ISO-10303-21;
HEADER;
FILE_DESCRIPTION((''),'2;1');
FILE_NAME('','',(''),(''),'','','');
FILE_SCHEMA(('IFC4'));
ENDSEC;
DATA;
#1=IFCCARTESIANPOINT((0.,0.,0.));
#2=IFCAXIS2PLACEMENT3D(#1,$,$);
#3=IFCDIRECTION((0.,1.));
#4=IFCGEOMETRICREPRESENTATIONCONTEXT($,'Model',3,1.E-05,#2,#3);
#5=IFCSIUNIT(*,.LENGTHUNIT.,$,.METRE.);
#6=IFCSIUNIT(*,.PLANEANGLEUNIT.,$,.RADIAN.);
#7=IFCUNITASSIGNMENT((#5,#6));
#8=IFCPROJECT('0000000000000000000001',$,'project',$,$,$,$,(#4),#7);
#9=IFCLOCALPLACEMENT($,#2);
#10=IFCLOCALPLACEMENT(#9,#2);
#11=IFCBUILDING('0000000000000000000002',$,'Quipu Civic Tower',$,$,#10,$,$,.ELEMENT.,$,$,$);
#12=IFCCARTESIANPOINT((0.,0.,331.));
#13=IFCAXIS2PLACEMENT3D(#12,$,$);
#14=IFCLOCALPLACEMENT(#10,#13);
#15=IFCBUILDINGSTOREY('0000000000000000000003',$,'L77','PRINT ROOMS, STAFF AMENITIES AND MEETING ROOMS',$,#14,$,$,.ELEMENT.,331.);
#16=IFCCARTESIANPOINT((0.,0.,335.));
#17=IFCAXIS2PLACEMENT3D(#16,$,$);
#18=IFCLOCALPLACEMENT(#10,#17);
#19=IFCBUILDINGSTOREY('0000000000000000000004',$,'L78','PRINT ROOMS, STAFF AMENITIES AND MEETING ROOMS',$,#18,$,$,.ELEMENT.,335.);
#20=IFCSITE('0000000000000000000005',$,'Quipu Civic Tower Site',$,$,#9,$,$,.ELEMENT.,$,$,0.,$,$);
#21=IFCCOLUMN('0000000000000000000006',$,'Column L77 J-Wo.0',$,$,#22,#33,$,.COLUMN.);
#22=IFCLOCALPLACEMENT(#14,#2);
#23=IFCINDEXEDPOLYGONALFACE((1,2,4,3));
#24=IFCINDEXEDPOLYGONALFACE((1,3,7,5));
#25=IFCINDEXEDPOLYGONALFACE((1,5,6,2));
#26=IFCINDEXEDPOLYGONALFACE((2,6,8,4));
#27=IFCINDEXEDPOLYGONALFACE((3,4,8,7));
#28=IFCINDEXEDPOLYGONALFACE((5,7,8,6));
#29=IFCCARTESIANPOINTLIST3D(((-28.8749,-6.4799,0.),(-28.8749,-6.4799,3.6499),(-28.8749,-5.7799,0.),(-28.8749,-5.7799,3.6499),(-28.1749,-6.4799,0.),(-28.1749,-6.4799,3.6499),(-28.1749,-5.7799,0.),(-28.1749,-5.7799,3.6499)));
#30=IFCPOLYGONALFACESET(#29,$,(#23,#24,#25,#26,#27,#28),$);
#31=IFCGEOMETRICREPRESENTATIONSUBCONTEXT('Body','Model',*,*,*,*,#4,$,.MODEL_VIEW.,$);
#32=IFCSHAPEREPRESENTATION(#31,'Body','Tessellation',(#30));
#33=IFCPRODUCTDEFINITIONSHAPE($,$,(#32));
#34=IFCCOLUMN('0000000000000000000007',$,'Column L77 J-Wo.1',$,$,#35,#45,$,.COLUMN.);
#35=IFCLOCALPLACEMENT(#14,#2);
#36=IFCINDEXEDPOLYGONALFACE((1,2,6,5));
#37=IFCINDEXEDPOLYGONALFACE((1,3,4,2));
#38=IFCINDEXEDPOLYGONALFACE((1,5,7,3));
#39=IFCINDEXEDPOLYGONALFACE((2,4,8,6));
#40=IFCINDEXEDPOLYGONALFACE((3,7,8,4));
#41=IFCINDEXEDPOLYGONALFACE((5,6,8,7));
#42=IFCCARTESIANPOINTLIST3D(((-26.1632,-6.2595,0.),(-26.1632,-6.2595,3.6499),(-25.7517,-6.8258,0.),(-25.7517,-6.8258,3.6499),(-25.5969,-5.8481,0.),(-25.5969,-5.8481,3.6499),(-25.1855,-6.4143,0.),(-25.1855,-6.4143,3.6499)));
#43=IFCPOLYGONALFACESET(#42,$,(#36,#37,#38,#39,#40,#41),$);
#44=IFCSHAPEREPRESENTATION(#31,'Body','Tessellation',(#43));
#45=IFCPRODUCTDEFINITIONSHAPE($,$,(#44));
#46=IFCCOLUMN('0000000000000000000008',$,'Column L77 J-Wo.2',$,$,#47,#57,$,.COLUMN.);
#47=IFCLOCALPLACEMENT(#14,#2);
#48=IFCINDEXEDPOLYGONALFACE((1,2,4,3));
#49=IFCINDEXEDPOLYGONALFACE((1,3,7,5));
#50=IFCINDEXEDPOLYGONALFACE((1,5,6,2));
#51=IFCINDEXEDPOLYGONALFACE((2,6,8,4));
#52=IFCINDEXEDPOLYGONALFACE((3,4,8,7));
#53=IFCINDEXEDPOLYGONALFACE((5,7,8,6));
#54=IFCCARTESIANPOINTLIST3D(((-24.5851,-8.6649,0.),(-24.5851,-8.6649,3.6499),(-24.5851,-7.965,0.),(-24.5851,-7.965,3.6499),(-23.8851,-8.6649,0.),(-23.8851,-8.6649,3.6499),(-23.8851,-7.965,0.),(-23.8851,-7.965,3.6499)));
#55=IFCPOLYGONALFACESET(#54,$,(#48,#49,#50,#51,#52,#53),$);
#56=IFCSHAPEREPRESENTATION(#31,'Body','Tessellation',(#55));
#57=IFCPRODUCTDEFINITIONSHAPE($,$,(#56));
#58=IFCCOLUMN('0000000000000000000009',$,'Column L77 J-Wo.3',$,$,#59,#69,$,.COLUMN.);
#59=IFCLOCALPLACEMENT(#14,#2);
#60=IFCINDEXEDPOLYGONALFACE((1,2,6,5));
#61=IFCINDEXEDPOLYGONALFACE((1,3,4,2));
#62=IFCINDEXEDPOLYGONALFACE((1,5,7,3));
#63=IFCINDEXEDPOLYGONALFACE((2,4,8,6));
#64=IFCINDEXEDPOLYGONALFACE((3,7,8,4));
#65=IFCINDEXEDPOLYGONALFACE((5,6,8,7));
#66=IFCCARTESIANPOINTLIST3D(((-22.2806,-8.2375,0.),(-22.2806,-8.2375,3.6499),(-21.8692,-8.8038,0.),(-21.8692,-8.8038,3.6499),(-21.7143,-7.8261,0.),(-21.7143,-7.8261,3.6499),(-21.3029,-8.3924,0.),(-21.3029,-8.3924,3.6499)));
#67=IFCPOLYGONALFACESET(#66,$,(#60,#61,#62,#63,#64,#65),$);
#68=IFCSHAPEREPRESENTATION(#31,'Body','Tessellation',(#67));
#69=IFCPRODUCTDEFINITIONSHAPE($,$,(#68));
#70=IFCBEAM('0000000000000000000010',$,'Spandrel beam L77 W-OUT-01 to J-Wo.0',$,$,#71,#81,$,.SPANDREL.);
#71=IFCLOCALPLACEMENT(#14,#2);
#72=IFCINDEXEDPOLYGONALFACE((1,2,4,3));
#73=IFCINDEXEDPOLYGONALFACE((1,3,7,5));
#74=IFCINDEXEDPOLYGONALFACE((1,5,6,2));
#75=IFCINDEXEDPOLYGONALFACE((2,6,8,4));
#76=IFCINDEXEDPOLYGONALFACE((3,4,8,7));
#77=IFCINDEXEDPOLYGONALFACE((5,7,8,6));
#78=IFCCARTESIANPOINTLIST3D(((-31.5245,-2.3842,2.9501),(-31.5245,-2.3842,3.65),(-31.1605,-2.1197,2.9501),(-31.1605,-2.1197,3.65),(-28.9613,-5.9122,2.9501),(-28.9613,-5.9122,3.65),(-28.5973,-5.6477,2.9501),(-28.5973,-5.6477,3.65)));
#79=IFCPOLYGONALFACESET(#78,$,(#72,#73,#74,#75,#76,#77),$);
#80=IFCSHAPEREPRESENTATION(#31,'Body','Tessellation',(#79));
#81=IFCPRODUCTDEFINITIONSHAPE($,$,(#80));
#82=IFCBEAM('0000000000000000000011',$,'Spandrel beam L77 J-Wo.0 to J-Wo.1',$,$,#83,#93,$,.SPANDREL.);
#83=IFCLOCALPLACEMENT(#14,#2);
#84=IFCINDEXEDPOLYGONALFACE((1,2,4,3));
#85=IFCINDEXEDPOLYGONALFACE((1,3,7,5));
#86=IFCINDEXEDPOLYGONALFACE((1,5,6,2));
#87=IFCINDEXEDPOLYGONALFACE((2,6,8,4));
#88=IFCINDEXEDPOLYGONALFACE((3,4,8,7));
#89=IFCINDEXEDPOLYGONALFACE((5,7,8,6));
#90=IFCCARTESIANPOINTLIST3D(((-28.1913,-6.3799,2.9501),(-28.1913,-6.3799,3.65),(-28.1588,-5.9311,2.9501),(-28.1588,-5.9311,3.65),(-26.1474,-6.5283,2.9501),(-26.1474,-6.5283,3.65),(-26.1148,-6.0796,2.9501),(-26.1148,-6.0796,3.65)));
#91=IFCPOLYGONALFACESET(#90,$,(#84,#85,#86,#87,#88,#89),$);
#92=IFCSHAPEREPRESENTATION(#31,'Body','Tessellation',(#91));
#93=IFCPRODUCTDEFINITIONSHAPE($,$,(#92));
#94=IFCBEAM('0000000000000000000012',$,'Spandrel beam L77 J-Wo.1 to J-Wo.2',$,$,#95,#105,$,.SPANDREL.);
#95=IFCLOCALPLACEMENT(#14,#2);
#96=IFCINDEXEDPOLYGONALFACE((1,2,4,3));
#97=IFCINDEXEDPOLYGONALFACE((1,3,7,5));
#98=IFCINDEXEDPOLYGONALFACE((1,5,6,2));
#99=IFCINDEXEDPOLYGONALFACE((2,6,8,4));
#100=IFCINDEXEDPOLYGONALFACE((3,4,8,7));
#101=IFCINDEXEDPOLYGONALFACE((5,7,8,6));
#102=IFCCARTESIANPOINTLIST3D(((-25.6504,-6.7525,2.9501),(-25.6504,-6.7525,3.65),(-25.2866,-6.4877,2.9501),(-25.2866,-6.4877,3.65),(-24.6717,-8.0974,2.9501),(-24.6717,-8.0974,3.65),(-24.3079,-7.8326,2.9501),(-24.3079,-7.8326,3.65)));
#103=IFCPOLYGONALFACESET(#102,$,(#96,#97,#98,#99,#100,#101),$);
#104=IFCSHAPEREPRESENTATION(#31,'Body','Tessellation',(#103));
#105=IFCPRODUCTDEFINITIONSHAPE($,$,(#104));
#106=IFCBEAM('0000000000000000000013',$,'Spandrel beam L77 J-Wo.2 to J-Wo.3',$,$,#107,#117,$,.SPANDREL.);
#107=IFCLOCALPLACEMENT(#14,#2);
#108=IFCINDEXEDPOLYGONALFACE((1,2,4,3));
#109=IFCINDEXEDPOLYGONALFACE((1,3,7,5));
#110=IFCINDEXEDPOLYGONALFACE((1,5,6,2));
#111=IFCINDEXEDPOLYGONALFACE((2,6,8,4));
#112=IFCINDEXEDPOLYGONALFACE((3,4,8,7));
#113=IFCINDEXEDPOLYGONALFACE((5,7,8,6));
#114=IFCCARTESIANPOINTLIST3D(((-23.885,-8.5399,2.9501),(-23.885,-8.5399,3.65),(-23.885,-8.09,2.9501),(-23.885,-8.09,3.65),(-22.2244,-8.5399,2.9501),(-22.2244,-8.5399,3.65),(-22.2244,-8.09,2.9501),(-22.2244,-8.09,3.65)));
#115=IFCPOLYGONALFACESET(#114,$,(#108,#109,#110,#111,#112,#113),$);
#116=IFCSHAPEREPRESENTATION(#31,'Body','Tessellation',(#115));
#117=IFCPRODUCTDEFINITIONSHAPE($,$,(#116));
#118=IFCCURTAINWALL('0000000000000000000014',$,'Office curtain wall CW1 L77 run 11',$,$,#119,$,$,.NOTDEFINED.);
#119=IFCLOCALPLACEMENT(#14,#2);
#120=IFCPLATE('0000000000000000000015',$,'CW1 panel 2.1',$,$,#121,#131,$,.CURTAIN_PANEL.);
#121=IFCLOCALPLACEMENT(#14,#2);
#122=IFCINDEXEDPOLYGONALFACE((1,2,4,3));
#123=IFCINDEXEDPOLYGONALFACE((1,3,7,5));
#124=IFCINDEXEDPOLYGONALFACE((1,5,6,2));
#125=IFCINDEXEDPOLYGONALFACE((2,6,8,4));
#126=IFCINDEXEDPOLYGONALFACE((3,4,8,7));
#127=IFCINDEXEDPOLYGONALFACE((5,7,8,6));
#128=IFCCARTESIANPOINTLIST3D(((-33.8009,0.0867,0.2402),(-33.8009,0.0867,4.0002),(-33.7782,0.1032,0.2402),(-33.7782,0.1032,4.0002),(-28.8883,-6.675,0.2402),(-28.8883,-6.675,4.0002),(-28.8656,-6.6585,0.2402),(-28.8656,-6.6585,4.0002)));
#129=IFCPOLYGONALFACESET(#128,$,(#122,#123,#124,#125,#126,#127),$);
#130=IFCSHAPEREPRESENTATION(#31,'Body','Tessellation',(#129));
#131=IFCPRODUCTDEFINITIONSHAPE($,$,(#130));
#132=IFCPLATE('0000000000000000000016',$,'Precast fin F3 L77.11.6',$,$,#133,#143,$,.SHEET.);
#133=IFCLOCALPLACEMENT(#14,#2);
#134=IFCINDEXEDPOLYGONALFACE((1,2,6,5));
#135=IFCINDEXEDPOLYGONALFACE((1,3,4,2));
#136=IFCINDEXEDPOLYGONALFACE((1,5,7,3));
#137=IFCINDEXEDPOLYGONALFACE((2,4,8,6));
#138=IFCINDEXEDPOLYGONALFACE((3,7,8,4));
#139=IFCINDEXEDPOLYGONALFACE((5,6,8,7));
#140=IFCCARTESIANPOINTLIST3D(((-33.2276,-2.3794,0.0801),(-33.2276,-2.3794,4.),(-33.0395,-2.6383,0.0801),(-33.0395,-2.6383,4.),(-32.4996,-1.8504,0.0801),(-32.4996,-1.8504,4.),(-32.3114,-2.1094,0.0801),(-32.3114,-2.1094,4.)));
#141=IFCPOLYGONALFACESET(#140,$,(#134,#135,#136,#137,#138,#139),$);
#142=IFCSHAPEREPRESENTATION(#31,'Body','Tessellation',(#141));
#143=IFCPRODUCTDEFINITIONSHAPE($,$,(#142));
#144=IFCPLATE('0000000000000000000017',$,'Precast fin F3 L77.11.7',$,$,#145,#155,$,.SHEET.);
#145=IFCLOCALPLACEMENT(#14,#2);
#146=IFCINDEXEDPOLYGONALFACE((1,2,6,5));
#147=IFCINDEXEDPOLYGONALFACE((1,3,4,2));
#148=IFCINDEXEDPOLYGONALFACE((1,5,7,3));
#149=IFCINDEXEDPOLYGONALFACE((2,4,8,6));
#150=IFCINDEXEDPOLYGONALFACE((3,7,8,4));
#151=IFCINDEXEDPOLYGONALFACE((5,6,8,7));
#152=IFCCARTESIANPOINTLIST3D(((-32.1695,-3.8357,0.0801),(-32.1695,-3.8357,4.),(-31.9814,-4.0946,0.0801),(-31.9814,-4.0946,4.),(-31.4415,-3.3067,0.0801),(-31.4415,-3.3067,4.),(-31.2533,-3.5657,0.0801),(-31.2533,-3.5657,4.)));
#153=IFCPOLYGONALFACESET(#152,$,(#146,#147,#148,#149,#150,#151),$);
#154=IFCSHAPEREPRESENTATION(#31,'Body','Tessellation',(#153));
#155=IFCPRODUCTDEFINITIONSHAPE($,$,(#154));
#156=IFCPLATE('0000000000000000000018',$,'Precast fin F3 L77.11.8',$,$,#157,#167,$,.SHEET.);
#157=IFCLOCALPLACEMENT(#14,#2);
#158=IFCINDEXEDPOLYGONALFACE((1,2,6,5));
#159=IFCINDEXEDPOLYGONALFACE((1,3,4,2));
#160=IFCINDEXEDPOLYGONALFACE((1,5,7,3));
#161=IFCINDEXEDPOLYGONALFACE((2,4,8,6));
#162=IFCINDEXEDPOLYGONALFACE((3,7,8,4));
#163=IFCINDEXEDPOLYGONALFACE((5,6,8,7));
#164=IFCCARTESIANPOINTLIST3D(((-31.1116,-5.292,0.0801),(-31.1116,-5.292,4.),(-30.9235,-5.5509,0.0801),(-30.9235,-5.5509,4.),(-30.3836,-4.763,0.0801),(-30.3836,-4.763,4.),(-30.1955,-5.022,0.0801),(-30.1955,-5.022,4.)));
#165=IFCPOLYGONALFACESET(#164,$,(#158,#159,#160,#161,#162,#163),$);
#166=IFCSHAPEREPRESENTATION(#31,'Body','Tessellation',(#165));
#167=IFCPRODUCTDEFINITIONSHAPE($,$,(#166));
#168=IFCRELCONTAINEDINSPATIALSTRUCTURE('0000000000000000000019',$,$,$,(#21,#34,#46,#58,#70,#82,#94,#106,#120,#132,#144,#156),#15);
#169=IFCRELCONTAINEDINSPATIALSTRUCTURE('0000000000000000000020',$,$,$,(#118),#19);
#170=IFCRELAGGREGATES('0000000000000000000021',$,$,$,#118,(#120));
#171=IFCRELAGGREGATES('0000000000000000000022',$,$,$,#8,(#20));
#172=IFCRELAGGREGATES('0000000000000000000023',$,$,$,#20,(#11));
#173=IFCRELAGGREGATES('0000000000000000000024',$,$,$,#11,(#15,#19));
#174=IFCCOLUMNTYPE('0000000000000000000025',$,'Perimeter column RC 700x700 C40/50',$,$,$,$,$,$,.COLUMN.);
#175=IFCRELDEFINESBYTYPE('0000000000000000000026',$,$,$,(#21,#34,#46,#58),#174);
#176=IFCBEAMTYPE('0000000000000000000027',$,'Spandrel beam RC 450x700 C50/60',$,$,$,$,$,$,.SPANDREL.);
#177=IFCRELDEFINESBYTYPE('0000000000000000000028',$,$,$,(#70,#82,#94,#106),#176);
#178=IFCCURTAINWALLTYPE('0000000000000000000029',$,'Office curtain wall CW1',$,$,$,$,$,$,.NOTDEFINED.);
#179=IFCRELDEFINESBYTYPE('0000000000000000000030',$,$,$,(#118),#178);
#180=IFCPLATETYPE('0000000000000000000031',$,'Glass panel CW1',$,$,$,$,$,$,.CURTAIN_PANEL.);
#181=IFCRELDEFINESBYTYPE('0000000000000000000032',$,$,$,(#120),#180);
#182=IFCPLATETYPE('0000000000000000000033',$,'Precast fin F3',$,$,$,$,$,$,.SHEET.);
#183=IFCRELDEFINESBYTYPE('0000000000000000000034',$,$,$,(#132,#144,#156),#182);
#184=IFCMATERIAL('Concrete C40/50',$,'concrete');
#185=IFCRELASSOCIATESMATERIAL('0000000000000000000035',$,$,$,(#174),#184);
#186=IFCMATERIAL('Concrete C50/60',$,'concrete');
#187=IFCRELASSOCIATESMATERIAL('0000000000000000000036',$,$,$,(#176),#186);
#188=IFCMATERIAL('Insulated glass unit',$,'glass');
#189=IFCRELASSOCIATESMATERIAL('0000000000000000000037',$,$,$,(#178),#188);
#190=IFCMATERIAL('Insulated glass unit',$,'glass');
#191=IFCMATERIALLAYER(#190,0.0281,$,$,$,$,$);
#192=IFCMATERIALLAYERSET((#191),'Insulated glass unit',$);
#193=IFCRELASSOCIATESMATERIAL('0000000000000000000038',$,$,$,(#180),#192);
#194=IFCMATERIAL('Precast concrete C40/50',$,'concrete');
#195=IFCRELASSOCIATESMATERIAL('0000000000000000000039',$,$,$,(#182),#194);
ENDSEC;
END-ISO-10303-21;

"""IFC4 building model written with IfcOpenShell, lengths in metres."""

from ifc_helpers import new_model, si_unit, direction, frame, origin, origin_2d, place, context, subcontext, project, spatial, rectangle, extrude, material, layer, layer_set, material_profile, profile_set, type_object, element, aggregate, save


model = new_model("IFC4")

# Units and contexts
model_context = context("Model", 3, precision=1e-05, world=origin(), true_north=direction((0.0, 1.0)))
body_context = subcontext(model_context, "Body", "Model", "MODEL_VIEW")
ifc_project = project(units=[si_unit("LENGTHUNIT", "METRE"), si_unit("PLANEANGLEUNIT", "RADIAN")], contexts=[model_context])

# Site, building, storey
site_placement = place(None, origin())
site = spatial("IfcSite", under=ifc_project, at=site_placement, Name="Quipu Civic Tower Site", CompositionType="ELEMENT", RefElevation=0.0)
building_placement = place(site_placement, origin())
building = spatial("IfcBuilding", under=site, at=building_placement, Name="Quipu Civic Tower", CompositionType="ELEMENT")
storey_1_placement = place(building_placement, frame((0.0, 0.0, 331.0)))
storey_1 = spatial("IfcBuildingStorey", under=building, at=storey_1_placement, Name="L77", Description="PRINT ROOMS, STAFF AMENITIES AND MEETING ROOMS", CompositionType="ELEMENT", Elevation=331.0)

# Columns
ifc_material_1 = material(Name="Concrete C40/50", Category="concrete")
ifc_material_profile_1 = material_profile(ifc_material_1, rectangle(XDim=0.7, YDim=0.7, at=origin_2d()), Name="RC700x700")
ifc_profile_set_1 = profile_set([ifc_material_profile_1], Name="Concrete C40/50")
column_type = type_object("IfcColumnType", Name="Perimeter column RC 700x700 C40/50", PredefinedType="COLUMN", material=ifc_profile_set_1)
for number, where, z_axis, x_axis, name in (
    (1, (-28.5249, -6.1299, 0.0), (0.0, 0.0, 1.0), (1.0, 0.0, 0.0), "Column L77 J-Wo.0"),
    (2, (-25.6743, -6.3369, 0.0), (0.0, 0.0, 1.0), (0.587785, -0.809017, 0.0), "Column L77 J-Wo.1"),
    (3, (-24.2351, -8.3149, 0.0), (0.0, 0.0, 1.0), (1.0, 0.0, 0.0), "Column L77 J-Wo.2"),
    (4, (-21.7917, -8.3149, 0.0), (0.0, 0.0, 1.0), (0.587785, -0.809017, 0.0), "Column L77 J-Wo.3"),
):
    element("IfcColumn", number, at=place(storey_1_placement, frame(where, z_axis=z_axis, x_axis=x_axis)), inside=storey_1, type_object=column_type, Name=name, PredefinedType="COLUMN", context=body_context, shape_type="SweptSolid", body=[
        extrude(rectangle(XDim=0.7, YDim=0.7, at=origin_2d()), origin(), (0.0, 0.0, 1.0), 3.6499),
    ])

# Beams
ifc_material_2 = material(Name="Concrete C50/60", Category="concrete")
ifc_material_profile_2 = material_profile(ifc_material_2, rectangle(XDim=0.45, YDim=0.7, at=origin_2d()), Name="RC450x700")
ifc_profile_set_2 = profile_set([ifc_material_profile_2], Name="Concrete C50/60")
beam_type = type_object("IfcBeamType", Name="Spandrel beam RC 450x700 C50/60", PredefinedType="SPANDREL", material=ifc_profile_set_2)
beam_1_placement = place(storey_1_placement, frame((-31.3425, -2.252, 3.3), z_axis=(0.587776, -0.809024, 0.0), x_axis=(0.809024, 0.587776, 0.0)))
element("IfcBeam", 5, at=beam_1_placement, inside=storey_1, type_object=beam_type, Name="Spandrel beam L77 W-OUT-01 to J-Wo.0", PredefinedType="SPANDREL", context=body_context, shape_type="SweptSolid", body=[
    extrude(rectangle(XDim=0.45, YDim=0.7, at=origin_2d()), origin(), (0.0, 0.0, 1.0), 4.3608),
])
beam_2_placement = place(storey_1_placement, frame((-28.175, -6.1555, 3.3), z_axis=(0.997373, -0.072432, 0.0), x_axis=(0.072432, 0.997373, 0.0)))
element("IfcBeam", 6, at=beam_2_placement, inside=storey_1, type_object=beam_type, Name="Spandrel beam L77 J-Wo.0 to J-Wo.1", PredefinedType="SPANDREL", context=body_context, shape_type="SweptSolid", body=[
    extrude(rectangle(XDim=0.45, YDim=0.7, at=origin_2d()), origin(), (0.0, 0.0, 1.0), 2.0493),
])
beam_3_placement = place(storey_1_placement, frame((-25.4685, -6.6201, 3.3), z_axis=(0.588407, -0.808565, 0.0), x_axis=(0.808565, 0.588407, 0.0)))
element("IfcBeam", 7, at=beam_3_placement, inside=storey_1, type_object=beam_type, Name="Spandrel beam L77 J-Wo.1 to J-Wo.2", PredefinedType="SPANDREL", context=body_context, shape_type="SweptSolid", body=[
    extrude(rectangle(XDim=0.45, YDim=0.7, at=origin_2d()), origin(), (0.0, 0.0, 1.0), 1.6633),
])
beam_4_placement = place(storey_1_placement, frame((-23.885, -8.3149, 3.3), z_axis=(1.0, 0.0, 0.0), x_axis=(0.0, 1.0, 0.0)))
element("IfcBeam", 8, at=beam_4_placement, inside=storey_1, type_object=beam_type, Name="Spandrel beam L77 J-Wo.2 to J-Wo.3", PredefinedType="SPANDREL", context=body_context, shape_type="SweptSolid", body=[
    extrude(rectangle(XDim=0.45, YDim=0.7, at=origin_2d()), origin(), (0.0, 0.0, 1.0), 1.6606),
])

# Shared definitions
storey_2_placement = place(building_placement, frame((0.0, 0.0, 335.0)))
storey_2 = spatial("IfcBuildingStorey", under=building, at=storey_2_placement, Name="L78", Description="PRINT ROOMS, STAFF AMENITIES AND MEETING ROOMS", CompositionType="ELEMENT", Elevation=335.0)

# Curtain wall, plate
ifc_material_3 = material(Name="Insulated glass unit", Category="glass")
curtain_wall_type = type_object("IfcCurtainWallType", Name="Office curtain wall CW1", PredefinedType="NOTDEFINED", material=ifc_material_3)
curtain_wall_placement = place(storey_2_placement, origin())
curtain_wall = element("IfcCurtainWall", 9, at=curtain_wall_placement, inside=storey_2, type_object=curtain_wall_type, Name="Office curtain wall CW1 L77 run 11", PredefinedType="NOTDEFINED")
ifc_material_4 = material(Name="Insulated glass unit", Category="glass")
ifc_layer_1 = layer(ifc_material_4, 0.0281)
ifc_layer_set_1 = layer_set([ifc_layer_1], Name="Insulated glass unit")
plate_type_1 = type_object("IfcPlateType", Name="Glass panel CW1", PredefinedType="CURTAIN_PANEL", material=ifc_layer_set_1)
plate_placement = place(storey_1_placement, frame((-31.3333, -3.2859, 0.2402), z_axis=(0.0, 0.0, 1.0), x_axis=(0.587786, -0.809016, 0.0)))
plate = element("IfcPlate", 10, at=plate_placement, inside=storey_1, type_object=plate_type_1, Name="CW1 panel 2.1", PredefinedType="CURTAIN_PANEL", context=body_context, shape_type="SweptSolid", body=[
    extrude(rectangle(XDim=8.3579, YDim=0.0281, at=origin_2d()), origin(), (0.0, 0.0, 1.0), 3.76),
])
aggregate(curtain_wall, [plate])

# Plates
ifc_material_5 = material(Name="Precast concrete C40/50", Category="concrete")
plate_type_2 = type_object("IfcPlateType", Name="Precast fin F3", PredefinedType="SHEET", material=ifc_material_5)
for number, where, z_axis, x_axis, name in (
    (11, (-32.7695, -2.2444, 0.0801), (0.0, 0.0, 1.0), (0.587787, -0.809016, 0.0), "Precast fin F3 L77.11.6"),
    (12, (-31.7114, -3.7007, 0.0801), (0.0, 0.0, 1.0), (0.587787, -0.809016, 0.0), "Precast fin F3 L77.11.7"),
    (13, (-30.6536, -5.157, 0.0801), (0.0, 0.0, 1.0), (0.587787, -0.809016, 0.0), "Precast fin F3 L77.11.8"),
):
    element("IfcPlate", number, at=place(storey_1_placement, frame(where, z_axis=z_axis, x_axis=x_axis)), inside=storey_1, type_object=plate_type_2, Name=name, PredefinedType="SHEET", context=body_context, shape_type="SweptSolid", body=[
        extrude(rectangle(XDim=0.3201, YDim=0.8999, at=origin_2d()), origin(), (0.0, 0.0, 1.0), 3.9199),
    ])

save(model, "model.ifc")
